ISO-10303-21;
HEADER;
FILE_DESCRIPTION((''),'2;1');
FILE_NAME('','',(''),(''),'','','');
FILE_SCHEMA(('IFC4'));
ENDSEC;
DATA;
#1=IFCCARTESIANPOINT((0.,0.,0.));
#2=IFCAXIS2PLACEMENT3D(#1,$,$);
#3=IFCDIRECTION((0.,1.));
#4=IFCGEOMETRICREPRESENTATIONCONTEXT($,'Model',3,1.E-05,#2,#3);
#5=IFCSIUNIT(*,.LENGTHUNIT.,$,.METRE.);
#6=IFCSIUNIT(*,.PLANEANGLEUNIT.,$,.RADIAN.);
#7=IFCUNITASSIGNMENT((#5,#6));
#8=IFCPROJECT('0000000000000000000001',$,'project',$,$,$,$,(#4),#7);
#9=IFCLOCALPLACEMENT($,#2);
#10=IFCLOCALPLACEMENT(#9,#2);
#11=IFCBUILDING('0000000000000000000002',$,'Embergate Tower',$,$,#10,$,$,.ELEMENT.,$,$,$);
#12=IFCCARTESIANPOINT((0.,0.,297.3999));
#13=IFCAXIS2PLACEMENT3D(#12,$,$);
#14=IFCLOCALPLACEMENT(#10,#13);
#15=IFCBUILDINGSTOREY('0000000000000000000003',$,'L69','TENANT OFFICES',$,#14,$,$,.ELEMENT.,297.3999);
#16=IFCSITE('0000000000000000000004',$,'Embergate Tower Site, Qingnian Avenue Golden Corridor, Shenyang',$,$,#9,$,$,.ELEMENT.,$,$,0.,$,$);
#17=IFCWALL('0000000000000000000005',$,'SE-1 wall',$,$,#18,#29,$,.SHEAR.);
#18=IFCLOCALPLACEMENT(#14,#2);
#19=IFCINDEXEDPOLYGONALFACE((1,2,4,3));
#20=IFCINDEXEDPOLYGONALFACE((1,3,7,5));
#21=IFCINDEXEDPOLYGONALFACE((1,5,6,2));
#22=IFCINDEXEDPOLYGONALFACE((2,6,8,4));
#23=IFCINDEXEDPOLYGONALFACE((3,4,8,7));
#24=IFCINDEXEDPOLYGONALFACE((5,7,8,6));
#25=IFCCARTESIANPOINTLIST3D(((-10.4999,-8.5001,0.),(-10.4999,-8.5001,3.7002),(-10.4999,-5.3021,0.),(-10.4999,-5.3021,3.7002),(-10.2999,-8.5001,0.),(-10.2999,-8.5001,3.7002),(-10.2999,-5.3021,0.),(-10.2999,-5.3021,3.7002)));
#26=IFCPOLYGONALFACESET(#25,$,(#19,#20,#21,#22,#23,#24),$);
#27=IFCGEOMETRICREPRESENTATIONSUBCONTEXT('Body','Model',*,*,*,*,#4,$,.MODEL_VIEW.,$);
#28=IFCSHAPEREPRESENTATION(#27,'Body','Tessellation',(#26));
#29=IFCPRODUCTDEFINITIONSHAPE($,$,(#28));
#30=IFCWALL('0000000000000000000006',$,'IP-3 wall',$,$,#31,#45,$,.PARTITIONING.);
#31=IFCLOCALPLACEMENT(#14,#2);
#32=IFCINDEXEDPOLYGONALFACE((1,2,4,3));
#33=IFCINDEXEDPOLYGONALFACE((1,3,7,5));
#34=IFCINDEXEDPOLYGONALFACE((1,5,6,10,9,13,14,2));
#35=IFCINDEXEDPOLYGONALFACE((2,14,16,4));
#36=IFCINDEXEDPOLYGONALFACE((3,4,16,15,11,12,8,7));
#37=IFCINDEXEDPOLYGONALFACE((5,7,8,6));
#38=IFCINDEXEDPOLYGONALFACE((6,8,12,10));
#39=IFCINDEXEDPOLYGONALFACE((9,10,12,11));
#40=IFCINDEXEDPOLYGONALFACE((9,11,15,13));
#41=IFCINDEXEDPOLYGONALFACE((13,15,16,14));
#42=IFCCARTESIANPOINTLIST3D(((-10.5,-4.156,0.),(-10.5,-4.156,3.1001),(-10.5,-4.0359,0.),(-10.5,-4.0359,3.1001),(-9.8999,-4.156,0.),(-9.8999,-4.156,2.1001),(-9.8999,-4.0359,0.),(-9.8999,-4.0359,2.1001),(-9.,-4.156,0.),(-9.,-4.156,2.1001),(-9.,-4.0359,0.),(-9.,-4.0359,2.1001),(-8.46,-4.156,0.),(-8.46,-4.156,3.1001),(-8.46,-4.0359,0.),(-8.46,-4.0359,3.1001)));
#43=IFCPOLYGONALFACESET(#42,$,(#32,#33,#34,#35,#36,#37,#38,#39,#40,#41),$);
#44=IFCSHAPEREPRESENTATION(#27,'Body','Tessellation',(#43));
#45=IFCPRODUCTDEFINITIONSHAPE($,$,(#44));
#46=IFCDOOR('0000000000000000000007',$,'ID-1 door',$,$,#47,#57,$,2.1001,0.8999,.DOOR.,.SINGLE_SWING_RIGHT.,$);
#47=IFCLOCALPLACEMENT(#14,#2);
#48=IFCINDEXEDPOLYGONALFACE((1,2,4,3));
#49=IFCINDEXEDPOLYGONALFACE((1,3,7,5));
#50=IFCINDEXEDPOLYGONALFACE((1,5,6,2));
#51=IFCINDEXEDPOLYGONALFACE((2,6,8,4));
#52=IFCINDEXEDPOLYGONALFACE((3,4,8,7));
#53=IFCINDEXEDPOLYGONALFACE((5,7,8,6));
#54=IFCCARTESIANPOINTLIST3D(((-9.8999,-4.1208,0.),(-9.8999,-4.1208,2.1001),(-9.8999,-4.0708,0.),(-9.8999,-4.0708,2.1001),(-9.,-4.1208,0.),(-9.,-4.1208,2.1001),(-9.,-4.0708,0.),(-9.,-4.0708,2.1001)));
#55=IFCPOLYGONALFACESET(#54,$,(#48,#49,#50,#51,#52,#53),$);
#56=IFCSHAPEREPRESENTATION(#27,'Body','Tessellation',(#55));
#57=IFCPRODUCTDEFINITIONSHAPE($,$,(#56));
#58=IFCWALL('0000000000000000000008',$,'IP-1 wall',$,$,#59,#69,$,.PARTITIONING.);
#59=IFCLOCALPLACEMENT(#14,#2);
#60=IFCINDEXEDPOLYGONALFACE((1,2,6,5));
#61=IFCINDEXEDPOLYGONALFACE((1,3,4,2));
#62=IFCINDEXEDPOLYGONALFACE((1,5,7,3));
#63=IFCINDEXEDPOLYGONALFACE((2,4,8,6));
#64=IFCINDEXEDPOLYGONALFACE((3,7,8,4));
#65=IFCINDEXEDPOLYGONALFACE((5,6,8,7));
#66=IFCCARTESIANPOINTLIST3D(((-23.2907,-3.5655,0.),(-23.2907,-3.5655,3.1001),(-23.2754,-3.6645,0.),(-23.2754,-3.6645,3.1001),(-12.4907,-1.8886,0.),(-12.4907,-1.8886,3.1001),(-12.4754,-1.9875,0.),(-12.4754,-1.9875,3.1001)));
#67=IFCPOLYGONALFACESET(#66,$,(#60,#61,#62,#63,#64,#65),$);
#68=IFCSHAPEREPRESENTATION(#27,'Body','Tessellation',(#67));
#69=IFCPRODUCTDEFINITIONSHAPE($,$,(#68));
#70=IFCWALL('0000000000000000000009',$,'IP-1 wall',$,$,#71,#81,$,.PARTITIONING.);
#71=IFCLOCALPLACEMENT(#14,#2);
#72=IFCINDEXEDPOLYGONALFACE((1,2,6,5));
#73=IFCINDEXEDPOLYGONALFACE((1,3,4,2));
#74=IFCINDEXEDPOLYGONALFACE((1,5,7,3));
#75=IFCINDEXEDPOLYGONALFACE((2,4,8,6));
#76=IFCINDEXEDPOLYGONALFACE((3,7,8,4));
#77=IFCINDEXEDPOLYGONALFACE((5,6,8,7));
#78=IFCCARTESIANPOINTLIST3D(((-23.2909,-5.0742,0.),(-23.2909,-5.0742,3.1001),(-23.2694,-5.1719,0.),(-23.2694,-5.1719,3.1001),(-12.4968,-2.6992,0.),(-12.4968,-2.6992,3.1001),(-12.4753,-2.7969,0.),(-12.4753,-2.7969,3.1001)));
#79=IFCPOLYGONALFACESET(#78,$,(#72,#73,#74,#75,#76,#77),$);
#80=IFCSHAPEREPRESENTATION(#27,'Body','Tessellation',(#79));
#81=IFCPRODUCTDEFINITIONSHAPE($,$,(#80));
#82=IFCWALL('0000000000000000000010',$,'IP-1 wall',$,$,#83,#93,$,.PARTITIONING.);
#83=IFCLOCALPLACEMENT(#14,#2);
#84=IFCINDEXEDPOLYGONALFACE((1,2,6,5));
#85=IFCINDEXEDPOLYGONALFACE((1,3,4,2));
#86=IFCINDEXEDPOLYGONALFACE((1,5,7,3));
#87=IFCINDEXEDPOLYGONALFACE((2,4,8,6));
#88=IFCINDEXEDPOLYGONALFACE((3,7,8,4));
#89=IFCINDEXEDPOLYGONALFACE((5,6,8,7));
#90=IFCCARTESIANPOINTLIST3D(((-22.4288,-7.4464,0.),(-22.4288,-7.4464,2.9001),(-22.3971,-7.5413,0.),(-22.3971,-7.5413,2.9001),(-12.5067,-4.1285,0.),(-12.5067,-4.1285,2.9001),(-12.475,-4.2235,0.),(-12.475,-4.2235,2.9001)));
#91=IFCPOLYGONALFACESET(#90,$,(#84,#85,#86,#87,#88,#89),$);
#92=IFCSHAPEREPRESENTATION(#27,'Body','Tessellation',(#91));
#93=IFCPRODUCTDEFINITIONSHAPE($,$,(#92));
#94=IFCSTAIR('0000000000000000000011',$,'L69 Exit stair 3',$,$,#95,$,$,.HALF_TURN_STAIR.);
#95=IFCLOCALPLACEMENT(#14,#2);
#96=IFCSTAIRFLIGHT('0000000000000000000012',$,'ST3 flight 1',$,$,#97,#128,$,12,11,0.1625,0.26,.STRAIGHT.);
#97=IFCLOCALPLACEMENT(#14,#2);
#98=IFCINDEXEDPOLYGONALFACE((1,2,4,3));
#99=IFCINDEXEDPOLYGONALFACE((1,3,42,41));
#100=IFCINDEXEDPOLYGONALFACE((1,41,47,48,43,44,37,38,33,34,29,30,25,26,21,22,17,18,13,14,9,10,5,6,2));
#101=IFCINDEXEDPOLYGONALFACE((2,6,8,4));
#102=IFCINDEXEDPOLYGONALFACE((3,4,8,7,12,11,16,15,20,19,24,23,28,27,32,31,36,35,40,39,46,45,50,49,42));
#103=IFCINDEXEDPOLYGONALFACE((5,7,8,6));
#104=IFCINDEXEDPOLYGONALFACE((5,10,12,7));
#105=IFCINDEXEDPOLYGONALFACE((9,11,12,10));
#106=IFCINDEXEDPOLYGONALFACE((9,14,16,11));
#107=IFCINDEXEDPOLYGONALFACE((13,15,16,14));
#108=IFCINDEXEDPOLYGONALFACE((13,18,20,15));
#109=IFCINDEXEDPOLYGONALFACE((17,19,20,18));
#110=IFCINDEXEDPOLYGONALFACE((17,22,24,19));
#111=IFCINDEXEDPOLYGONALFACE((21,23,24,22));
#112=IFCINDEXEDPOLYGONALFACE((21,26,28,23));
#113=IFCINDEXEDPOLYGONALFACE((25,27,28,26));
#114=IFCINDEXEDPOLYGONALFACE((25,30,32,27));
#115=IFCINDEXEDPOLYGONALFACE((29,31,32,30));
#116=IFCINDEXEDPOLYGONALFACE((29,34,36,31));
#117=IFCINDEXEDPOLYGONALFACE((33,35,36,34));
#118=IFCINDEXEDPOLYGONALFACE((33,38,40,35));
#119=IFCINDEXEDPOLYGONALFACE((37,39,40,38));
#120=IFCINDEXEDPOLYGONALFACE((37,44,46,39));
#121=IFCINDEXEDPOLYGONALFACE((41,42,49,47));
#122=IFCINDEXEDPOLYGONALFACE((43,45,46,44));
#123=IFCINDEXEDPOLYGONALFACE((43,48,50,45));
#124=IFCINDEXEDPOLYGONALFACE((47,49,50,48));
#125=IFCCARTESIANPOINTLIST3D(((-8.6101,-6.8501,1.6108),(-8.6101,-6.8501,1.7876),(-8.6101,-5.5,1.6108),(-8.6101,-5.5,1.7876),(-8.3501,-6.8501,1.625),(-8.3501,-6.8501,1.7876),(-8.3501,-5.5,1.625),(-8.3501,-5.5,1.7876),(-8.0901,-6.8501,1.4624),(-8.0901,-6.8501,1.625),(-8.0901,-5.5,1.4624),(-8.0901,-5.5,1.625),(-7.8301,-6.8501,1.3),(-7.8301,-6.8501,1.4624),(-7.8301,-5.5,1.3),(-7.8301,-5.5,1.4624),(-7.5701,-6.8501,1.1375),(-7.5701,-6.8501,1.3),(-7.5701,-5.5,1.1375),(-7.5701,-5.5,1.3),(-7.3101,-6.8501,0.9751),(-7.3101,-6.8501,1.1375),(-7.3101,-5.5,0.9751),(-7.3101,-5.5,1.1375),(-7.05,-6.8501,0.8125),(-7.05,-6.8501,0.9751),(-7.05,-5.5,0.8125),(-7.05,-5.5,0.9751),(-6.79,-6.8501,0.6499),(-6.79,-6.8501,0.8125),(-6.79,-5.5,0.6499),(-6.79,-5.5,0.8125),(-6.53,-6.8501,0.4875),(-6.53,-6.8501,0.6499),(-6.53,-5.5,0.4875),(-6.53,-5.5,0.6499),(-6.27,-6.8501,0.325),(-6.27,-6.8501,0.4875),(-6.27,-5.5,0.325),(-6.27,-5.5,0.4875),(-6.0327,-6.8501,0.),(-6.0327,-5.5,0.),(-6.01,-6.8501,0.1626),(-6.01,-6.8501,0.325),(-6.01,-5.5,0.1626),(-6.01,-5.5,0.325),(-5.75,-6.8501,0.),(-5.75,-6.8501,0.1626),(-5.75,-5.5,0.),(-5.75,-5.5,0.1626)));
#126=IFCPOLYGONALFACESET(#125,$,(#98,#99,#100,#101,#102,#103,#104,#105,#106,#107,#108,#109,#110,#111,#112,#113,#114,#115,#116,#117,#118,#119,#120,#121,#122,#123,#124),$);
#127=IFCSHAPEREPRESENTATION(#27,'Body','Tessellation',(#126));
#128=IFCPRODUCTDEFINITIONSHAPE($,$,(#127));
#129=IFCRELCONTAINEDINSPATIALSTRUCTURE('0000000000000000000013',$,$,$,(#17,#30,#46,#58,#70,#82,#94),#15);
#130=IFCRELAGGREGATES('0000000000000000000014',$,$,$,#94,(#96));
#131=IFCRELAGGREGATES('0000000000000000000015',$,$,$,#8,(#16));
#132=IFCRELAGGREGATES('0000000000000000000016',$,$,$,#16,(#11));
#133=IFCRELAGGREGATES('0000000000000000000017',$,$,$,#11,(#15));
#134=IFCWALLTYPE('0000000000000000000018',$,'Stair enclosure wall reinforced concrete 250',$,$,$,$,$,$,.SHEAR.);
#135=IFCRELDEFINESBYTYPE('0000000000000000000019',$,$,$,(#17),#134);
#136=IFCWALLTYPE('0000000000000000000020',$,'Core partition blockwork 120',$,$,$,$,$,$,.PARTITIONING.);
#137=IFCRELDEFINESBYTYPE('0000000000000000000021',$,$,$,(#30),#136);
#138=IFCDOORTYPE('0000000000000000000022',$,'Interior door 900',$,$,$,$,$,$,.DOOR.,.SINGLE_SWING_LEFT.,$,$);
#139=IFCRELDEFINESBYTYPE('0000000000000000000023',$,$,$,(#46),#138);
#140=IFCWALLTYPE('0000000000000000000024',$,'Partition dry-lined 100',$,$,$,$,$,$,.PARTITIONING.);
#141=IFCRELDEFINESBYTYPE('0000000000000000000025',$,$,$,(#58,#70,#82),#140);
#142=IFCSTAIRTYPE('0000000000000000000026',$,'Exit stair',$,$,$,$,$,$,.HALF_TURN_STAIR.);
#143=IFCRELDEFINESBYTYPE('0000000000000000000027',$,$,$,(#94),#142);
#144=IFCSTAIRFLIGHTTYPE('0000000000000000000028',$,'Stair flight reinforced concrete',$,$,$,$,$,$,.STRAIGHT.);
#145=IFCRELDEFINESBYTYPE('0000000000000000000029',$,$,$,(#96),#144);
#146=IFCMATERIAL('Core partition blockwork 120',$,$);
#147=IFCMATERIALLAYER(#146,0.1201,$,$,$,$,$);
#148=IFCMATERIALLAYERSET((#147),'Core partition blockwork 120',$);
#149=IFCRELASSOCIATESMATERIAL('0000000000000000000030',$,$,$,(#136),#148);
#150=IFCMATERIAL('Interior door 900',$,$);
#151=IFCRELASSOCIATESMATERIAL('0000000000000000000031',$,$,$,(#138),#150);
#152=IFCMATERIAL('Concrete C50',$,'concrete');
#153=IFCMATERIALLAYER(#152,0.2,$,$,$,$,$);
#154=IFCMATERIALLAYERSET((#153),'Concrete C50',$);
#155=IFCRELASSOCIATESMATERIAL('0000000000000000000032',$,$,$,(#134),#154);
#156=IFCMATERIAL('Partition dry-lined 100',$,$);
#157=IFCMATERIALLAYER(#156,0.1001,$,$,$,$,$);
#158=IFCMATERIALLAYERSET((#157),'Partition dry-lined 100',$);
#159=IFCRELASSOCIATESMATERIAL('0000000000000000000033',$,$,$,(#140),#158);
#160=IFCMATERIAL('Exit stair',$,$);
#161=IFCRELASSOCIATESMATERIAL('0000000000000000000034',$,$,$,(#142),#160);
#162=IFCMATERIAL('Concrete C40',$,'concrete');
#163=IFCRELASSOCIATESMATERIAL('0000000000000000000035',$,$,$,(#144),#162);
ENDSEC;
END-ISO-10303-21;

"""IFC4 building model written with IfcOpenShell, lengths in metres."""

from ifc_helpers import new_model, si_unit, direction, frame, frame_2d, origin, place, context, subcontext, project, spatial, polyline, rectangle, outline, extrude, source, transform, mapped, material, layer, layer_set, type_object, element, fill, aggregate, save


model = new_model("IFC4")

# Units and contexts
model_context = context("Model", 3, precision=1e-05, world=origin(), true_north=direction((0.0, 1.0)))
body_context = subcontext(model_context, "Body", "Model", "MODEL_VIEW")
ifc_project = project(units=[si_unit("LENGTHUNIT", "METRE"), si_unit("PLANEANGLEUNIT", "RADIAN")], contexts=[model_context])

# Site, building, storey
site_placement = place(None, origin())
site = spatial("IfcSite", under=ifc_project, at=site_placement, Name="Embergate Tower Site, Qingnian Avenue Golden Corridor, Shenyang", CompositionType="ELEMENT", RefElevation=0.0)
building_placement = place(site_placement, origin())
building = spatial("IfcBuilding", under=site, at=building_placement, Name="Embergate Tower", CompositionType="ELEMENT")
storey_placement = place(building_placement, frame((0.0, 0.0, 297.3999)))
storey = spatial("IfcBuildingStorey", under=building, at=storey_placement, Name="L69", Description="TENANT OFFICES", CompositionType="ELEMENT", Elevation=297.3999)

# Shared definitions
ifc_material_1 = material(Name="Core partition blockwork 120")
ifc_layer_1 = layer(ifc_material_1, 0.1201)
ifc_layer_set_1 = layer_set([ifc_layer_1], Name="Core partition blockwork 120")
wall_type_1 = type_object("IfcWallType", Name="Core partition blockwork 120", PredefinedType="PARTITIONING", material=ifc_layer_set_1)
shared_shape_1 = source(origin(), body_context, "Body", "SweptSolid", [
    extrude(rectangle(XDim=0.8999, YDim=2.1001, at=frame_2d((0.45, 1.05))), frame((0.0, 0.0701, 0.0), z_axis=(0.0, -1.0, 0.0), x_axis=(1.0, 0.0, 0.0)), (0.0, 0.0, 1.0), 0.1401),
])
ifc_material_2 = material(Name="Interior door 900")
door_type_1 = type_object("IfcDoorType", Name="Interior door 900", OperationType="SINGLE_SWING_LEFT", PredefinedType="DOOR", material=ifc_material_2)
shared_shape_2 = source(origin(), body_context, "Body", "SweptSolid", [
    extrude(rectangle(XDim=0.8999, YDim=2.1001, at=frame_2d((0.45, 1.05))), frame((0.0, 0.0249, 0.0), z_axis=(0.0, -1.0, 0.0), x_axis=(1.0, 0.0, 0.0)), (0.0, 0.0, 1.0), 0.05),
])

# Shared definitions
ifc_material_3 = material(Name="Concrete C50", Category="concrete")
ifc_layer_2 = layer(ifc_material_3, 0.2)
ifc_layer_set_2 = layer_set([ifc_layer_2], Name="Concrete C50")
wall_type_2 = type_object("IfcWallType", Name="Stair enclosure wall reinforced concrete 250", PredefinedType="SHEAR", material=ifc_layer_set_2)

# Wall
shared_shape_3 = source(origin(), body_context, "Body", "SweptSolid", [
    extrude(rectangle(XDim=3.198, YDim=0.2, at=frame_2d((1.5991, 0.0))), origin(), (0.0, 0.0, 1.0), 3.7002),
])
wall_1_placement = place(storey_placement, frame((-10.3999, -5.302, 0.0), z_axis=(0.0, 0.0, 1.0), x_axis=(0.0, -1.0, 0.0)))
element("IfcWall", 1, at=wall_1_placement, inside=storey, type_object=wall_type_2, Name="SE-1 wall", PredefinedType="SHEAR", context=body_context, shape_type="MappedRepresentation", body=[
    mapped(shared_shape_3, transform((0.0, 0.0, 0.0))),
])

# Wall, opening, door
shared_shape_4 = source(origin(), body_context, "Body", "SweptSolid", [
    extrude(rectangle(XDim=2.04, YDim=0.1201, at=frame_2d((1.02, 0.0))), origin(), (0.0, 0.0, 1.0), 3.1001),
])
wall_2_placement = place(storey_placement, frame((-8.46, -4.0959, 0.0), z_axis=(0.0, 0.0, 1.0), x_axis=(-1.0, 0.0, 0.0)))
wall_2 = element("IfcWall", 2, at=wall_2_placement, inside=storey, type_object=wall_type_1, Name="IP-3 wall", PredefinedType="PARTITIONING", context=body_context, shape_type="MappedRepresentation", body=[
    mapped(shared_shape_4, transform((0.0, 0.0, 0.0))),
])
opening_1_placement = place(wall_2_placement, frame((0.54, 0.0, 0.0)))
opening_1 = element("IfcOpeningElement", 3, at=opening_1_placement, cuts=wall_2, PredefinedType="OPENING", context=body_context, shape_type="MappedRepresentation", body=[
    mapped(shared_shape_1, transform((0.0, 0.0, 0.0))),
])
door_1_placement = place(opening_1_placement, origin())
door_1 = element("IfcDoor", 4, at=door_1_placement, inside=storey, type_object=door_type_1, Name="ID-1 door", OperationType="SINGLE_SWING_RIGHT", OverallHeight=2.1001, OverallWidth=0.8999, PredefinedType="DOOR", context=body_context, shape_type="MappedRepresentation", body=[
    mapped(shared_shape_2, transform((0.0, 0.0, 0.0))),
])
fill(opening_1, door_1)

# Walls
ifc_material_4 = material(Name="Partition dry-lined 100")
ifc_layer_3 = layer(ifc_material_4, 0.1001)
ifc_layer_set_3 = layer_set([ifc_layer_3], Name="Partition dry-lined 100")
wall_type_3 = type_object("IfcWallType", Name="Partition dry-lined 100", PredefinedType="PARTITIONING", material=ifc_layer_set_3)
shared_shape_5 = source(origin(), body_context, "Body", "SweptSolid", [
    extrude(rectangle(XDim=10.9294, YDim=0.1001, at=frame_2d((5.4648, 0.0))), origin(), (0.0, 0.0, 1.0), 3.1001),
])
wall_3_placement = place(storey_placement, frame((-12.4829, -1.938, 0.0), z_axis=(0.0, 0.0, 1.0), x_axis=(-0.988158, -0.153438, 0.0)))
element("IfcWall", 5, at=wall_3_placement, inside=storey, type_object=wall_type_3, Name="IP-1 wall", PredefinedType="PARTITIONING", context=body_context, shape_type="MappedRepresentation", body=[
    mapped(shared_shape_5, transform((0.0, 0.0, 0.0))),
])
shared_shape_6 = source(origin(), body_context, "Body", "SweptSolid", [
    extrude(rectangle(XDim=11.0522, YDim=0.1001, at=frame_2d((5.5261, 0.0))), origin(), (0.0, 0.0, 1.0), 3.1001),
])
wall_4_placement = place(storey_placement, frame((-12.4861, -2.748, 0.0), z_axis=(0.0, 0.0, 1.0), x_axis=(-0.976638, -0.21489, 0.0)))
element("IfcWall", 6, at=wall_4_placement, inside=storey, type_object=wall_type_3, Name="IP-1 wall", PredefinedType="PARTITIONING", context=body_context, shape_type="MappedRepresentation", body=[
    mapped(shared_shape_6, transform((0.0, 0.0, 0.0))),
])
shared_shape_7 = source(origin(), body_context, "Body", "SweptSolid", [
    extrude(rectangle(XDim=10.4622, YDim=0.1001, at=frame_2d((5.231, 0.0))), origin(), (0.0, 0.0, 1.0), 2.9001),
])
wall_5_placement = place(storey_placement, frame((-12.491, -4.176, 0.0), z_axis=(0.0, 0.0, 1.0), x_axis=(-0.948382, -0.317131, 0.0)))
element("IfcWall", 7, at=wall_5_placement, inside=storey, type_object=wall_type_3, Name="IP-1 wall", PredefinedType="PARTITIONING", context=body_context, shape_type="MappedRepresentation", body=[
    mapped(shared_shape_7, transform((0.0, 0.0, 0.0))),
])

# Stair, stair flight
ifc_material_5 = material(Name="Exit stair")
stair_type = type_object("IfcStairType", Name="Exit stair", PredefinedType="HALF_TURN_STAIR", material=ifc_material_5)
stair_placement = place(storey_placement, origin())
stair = element("IfcStair", 8, at=stair_placement, inside=storey, type_object=stair_type, Name="L69 Exit stair 3", PredefinedType="HALF_TURN_STAIR")
ifc_material_6 = material(Name="Concrete C40", Category="concrete")
stair_flight_type = type_object("IfcStairFlightType", Name="Stair flight reinforced concrete", PredefinedType="STRAIGHT", material=ifc_material_6)
shared_shape_8 = source(origin(), body_context, "Body", "SweptSolid", [
    extrude(outline(polyline([(0.0, 0.0), (0.0, 0.1626), (0.26, 0.1626), (0.26, 0.325), (0.52, 0.325), (0.52, 0.4875), (0.78, 0.4875), (0.78, 0.6499), (1.04, 0.6499), (1.04, 0.8125), (1.3, 0.8125), (1.3, 0.9751), (1.5601, 0.9751), (1.5601, 1.1375), (1.8201, 1.1375), (1.8201, 1.3), (2.0801, 1.3), (2.0801, 1.4624), (2.3401, 1.4624), (2.3401, 1.625), (2.6001, 1.625), (2.6001, 1.7876), (2.8601, 1.7876), (2.8601, 1.95), (2.8601, 1.6108), (0.2827, 0.0), (0.0, 0.0)])), frame((0.0, 0.675, 0.0), z_axis=(0.0, -1.0, 0.0), x_axis=(1.0, 0.0, 0.0)), (0.0, 0.0, 1.0), 1.3501),
])
stair_flight_placement = place(storey_placement, frame((-5.75, -6.175, 0.0), z_axis=(0.0, 0.0, 1.0), x_axis=(-1.0, 0.0, 0.0)))
stair_flight = element("IfcStairFlight", 9, at=stair_flight_placement, type_object=stair_flight_type, Name="ST3 flight 1", NumberOfRisers=12, NumberOfTreads=11, PredefinedType="STRAIGHT", RiserHeight=0.1625, TreadLength=0.26, context=body_context, shape_type="MappedRepresentation", body=[
    mapped(shared_shape_8, transform((0.0, 0.0, 0.0))),
])
aggregate(stair, [stair_flight])

save(model, "model.ifc")
